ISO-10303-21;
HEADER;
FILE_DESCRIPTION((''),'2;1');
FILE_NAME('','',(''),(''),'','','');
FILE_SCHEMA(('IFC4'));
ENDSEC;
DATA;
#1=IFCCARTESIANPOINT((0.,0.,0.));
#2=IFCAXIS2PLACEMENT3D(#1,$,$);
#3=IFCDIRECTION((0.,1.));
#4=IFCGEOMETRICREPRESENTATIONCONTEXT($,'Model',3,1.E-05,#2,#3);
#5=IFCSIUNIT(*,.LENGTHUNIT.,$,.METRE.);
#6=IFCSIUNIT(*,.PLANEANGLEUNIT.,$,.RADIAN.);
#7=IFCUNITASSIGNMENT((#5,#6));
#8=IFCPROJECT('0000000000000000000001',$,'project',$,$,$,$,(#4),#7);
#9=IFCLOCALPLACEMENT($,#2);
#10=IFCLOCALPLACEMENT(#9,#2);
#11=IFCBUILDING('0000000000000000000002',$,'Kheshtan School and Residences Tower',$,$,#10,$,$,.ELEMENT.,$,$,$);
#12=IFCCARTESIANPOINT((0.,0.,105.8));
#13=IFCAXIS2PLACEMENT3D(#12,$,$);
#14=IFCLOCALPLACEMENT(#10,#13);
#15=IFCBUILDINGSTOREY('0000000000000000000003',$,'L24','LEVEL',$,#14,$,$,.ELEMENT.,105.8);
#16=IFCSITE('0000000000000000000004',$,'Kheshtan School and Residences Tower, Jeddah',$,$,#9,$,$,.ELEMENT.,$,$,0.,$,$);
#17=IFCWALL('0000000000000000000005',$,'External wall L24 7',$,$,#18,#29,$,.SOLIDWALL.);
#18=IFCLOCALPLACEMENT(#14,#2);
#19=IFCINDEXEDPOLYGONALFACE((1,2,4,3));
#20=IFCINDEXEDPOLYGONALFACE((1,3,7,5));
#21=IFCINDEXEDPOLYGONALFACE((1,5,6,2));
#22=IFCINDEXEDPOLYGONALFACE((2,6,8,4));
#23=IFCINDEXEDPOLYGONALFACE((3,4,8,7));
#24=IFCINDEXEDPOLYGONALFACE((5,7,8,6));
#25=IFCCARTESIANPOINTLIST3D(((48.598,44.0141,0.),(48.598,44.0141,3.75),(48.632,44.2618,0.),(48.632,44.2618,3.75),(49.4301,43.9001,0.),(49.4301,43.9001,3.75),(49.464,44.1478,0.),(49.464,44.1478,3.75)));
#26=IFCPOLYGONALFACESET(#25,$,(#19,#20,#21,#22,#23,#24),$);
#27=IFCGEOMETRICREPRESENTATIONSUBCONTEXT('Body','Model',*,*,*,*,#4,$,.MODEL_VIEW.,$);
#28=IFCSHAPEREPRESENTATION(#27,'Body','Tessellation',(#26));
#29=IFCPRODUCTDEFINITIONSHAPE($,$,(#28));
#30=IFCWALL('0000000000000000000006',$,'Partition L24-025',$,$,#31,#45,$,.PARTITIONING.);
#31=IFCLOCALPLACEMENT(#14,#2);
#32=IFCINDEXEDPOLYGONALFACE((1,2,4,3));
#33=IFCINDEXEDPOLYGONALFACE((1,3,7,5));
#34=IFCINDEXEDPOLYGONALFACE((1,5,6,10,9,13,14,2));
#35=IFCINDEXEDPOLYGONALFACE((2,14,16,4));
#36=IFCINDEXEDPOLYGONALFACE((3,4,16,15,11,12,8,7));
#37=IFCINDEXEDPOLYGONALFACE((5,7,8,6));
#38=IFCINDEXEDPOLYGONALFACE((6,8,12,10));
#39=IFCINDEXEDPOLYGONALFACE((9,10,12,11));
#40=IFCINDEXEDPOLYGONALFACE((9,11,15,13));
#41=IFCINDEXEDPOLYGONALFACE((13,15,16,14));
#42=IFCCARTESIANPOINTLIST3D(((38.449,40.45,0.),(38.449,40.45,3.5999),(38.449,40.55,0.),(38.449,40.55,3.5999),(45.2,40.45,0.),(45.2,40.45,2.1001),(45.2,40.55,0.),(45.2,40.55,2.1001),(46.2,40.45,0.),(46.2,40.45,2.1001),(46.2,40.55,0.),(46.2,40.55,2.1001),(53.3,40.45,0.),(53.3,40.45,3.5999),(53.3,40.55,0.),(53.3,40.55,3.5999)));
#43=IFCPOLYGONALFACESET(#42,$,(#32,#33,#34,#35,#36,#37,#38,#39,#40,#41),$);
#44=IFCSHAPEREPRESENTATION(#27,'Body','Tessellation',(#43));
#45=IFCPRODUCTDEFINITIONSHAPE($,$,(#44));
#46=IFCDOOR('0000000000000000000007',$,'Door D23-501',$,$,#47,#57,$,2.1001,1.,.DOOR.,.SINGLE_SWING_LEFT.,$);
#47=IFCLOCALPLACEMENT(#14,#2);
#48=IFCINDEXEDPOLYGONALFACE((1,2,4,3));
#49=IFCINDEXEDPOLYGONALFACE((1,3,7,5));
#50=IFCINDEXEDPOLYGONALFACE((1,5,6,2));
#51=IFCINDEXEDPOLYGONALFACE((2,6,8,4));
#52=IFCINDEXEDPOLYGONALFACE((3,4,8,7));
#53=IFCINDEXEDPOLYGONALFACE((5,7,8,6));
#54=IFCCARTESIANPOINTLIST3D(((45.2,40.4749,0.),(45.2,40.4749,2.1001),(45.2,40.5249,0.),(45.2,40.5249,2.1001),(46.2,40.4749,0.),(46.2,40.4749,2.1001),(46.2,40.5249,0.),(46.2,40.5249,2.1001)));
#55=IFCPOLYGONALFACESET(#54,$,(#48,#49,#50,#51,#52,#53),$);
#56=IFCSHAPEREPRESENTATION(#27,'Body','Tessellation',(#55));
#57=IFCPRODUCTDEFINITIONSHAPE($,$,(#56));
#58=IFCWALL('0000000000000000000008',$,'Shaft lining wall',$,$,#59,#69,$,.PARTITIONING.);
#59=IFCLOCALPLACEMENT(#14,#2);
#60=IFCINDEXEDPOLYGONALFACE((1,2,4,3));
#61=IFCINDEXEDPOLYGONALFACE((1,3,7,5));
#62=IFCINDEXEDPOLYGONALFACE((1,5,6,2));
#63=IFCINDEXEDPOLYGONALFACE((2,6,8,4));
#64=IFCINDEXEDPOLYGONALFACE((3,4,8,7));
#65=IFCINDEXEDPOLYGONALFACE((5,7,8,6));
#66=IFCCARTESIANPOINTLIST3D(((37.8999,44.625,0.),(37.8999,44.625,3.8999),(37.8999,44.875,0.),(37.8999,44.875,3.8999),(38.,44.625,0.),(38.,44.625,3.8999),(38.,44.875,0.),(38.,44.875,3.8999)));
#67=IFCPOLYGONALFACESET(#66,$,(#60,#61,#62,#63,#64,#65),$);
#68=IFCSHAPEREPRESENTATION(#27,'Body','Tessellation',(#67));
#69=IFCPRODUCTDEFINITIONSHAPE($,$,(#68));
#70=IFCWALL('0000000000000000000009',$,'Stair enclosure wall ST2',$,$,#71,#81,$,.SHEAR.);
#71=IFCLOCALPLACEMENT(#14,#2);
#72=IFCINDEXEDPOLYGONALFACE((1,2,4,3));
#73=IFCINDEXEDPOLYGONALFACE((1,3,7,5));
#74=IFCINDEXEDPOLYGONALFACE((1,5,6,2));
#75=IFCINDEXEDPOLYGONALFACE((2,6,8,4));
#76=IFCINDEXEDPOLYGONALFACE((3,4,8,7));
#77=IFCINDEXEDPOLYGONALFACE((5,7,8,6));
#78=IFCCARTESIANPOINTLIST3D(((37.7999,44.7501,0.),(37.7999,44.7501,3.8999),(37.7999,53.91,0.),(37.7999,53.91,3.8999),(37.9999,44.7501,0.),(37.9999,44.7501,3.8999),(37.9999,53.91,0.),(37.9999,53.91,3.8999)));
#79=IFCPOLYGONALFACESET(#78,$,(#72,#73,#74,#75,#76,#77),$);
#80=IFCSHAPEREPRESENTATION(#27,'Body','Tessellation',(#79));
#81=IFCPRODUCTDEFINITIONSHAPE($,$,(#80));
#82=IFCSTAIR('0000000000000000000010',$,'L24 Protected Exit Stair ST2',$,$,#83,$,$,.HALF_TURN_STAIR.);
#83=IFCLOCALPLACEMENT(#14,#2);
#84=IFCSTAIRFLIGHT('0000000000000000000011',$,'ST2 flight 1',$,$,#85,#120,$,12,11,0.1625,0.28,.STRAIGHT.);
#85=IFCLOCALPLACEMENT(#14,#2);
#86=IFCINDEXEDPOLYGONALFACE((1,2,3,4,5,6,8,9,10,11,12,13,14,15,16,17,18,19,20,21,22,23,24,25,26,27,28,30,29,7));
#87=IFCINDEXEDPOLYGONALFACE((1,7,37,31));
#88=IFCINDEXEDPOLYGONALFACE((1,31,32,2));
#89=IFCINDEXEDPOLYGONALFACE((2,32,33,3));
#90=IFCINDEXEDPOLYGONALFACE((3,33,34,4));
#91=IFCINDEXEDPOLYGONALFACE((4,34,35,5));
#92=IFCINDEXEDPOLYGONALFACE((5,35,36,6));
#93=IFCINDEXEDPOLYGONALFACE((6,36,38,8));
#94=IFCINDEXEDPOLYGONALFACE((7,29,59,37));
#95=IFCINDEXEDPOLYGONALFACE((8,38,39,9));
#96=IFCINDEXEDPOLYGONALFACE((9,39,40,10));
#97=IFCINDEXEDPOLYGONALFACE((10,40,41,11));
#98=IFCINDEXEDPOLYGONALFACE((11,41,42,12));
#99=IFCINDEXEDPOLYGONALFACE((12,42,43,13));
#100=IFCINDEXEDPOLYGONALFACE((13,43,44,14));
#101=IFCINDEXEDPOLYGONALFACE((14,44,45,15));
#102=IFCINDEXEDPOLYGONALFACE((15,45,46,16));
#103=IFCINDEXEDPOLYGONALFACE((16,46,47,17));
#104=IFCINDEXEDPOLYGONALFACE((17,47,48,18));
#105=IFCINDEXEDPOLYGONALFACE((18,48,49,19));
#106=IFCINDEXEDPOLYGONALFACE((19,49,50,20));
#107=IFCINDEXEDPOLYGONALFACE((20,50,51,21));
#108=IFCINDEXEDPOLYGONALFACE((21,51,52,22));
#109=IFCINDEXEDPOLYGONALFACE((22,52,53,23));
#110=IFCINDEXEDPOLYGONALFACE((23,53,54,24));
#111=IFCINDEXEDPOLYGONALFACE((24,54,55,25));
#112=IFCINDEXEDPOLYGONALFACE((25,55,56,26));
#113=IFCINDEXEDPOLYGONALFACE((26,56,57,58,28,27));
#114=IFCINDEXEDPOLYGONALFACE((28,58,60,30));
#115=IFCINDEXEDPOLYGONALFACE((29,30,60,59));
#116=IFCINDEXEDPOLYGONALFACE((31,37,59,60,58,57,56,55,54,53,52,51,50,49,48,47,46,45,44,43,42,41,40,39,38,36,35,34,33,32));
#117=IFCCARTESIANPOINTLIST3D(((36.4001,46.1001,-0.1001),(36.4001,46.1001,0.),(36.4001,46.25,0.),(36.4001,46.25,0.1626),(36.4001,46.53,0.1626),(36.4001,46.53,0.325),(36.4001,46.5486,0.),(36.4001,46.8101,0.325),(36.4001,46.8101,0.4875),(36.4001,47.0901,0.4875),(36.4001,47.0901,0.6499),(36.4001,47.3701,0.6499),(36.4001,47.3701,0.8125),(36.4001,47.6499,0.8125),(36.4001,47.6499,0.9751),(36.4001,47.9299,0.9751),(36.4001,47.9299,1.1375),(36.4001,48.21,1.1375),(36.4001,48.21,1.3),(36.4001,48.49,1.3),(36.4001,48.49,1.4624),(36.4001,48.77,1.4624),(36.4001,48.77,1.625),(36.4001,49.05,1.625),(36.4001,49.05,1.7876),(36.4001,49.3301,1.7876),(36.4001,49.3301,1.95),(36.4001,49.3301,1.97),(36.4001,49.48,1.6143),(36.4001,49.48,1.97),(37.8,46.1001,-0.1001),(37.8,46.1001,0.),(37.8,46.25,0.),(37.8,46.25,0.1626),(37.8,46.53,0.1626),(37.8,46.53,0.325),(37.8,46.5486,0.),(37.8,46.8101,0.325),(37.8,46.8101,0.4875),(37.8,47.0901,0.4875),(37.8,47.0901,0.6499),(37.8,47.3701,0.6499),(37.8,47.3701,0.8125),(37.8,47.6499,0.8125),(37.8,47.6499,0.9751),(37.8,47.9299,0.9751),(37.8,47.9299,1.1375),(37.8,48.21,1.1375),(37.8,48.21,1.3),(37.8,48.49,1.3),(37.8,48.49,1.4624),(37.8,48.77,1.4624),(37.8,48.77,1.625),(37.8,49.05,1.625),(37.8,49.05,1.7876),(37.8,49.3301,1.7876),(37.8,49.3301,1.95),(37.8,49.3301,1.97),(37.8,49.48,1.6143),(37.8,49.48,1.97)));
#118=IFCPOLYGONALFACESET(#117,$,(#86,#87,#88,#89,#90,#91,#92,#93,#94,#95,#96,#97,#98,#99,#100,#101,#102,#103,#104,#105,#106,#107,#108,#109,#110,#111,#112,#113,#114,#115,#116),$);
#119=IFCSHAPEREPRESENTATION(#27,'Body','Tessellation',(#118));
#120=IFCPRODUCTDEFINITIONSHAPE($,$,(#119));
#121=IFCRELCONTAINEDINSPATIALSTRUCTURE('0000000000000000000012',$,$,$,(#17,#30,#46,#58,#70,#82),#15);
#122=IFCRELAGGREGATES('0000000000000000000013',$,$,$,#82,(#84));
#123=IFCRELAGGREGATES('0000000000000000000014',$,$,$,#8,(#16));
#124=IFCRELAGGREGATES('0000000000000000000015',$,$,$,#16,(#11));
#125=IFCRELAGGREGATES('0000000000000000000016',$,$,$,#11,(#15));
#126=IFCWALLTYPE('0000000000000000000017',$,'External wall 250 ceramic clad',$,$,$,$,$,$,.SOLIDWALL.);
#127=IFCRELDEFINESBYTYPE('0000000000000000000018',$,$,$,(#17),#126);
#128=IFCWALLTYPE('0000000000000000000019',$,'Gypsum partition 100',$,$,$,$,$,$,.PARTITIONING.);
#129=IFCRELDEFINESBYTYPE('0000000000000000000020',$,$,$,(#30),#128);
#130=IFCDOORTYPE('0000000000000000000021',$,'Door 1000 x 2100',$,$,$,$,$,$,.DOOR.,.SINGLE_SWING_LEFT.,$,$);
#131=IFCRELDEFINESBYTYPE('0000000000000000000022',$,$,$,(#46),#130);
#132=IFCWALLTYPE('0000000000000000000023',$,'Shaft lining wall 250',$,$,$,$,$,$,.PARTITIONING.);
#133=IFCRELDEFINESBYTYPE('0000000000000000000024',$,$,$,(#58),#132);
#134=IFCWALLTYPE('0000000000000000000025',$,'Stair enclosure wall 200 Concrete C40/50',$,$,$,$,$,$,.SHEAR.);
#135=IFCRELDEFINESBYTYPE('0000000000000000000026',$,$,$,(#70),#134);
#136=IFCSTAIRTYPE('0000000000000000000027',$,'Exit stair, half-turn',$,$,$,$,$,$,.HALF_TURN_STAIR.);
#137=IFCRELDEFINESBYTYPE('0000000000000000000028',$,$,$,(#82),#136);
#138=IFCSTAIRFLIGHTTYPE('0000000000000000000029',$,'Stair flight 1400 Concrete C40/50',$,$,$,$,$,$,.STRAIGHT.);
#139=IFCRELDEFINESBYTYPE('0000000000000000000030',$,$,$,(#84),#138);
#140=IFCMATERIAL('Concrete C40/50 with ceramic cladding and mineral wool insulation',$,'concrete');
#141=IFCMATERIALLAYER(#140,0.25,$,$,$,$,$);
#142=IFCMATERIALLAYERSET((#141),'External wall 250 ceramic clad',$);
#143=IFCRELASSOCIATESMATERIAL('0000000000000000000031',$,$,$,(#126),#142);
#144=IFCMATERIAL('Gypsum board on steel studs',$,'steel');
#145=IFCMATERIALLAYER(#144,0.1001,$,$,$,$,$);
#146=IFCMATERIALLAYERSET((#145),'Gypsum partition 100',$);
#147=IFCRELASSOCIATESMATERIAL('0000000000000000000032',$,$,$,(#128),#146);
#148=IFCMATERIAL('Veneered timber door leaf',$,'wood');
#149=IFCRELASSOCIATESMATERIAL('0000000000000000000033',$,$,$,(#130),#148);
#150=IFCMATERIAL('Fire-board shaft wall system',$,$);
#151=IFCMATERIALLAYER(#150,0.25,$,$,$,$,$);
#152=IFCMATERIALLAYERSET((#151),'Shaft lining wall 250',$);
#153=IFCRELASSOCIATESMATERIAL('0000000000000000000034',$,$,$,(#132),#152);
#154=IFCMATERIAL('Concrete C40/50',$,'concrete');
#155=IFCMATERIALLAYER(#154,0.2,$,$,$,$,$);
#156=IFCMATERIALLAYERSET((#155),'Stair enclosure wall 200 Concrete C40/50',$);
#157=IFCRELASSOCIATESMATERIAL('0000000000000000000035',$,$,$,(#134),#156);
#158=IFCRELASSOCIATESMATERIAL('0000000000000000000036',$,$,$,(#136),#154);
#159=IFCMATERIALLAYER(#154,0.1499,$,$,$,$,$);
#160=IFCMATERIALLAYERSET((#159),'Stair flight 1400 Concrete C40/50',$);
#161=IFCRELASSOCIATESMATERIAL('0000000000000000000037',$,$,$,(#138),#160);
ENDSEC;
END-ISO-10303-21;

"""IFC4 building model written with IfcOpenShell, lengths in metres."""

from ifc_helpers import new_model, si_unit, direction, frame, frame_2d, origin, place, context, subcontext, project, spatial, polyline, rectangle, outline, extrude, source, transform, mapped, material, layer, layer_set, type_object, element, fill, aggregate, save


model = new_model("IFC4")

# Units and contexts
model_context = context("Model", 3, precision=1e-05, world=origin(), true_north=direction((0.0, 1.0)))
body_context = subcontext(model_context, "Body", "Model", "MODEL_VIEW")
ifc_project = project(units=[si_unit("LENGTHUNIT", "METRE"), si_unit("PLANEANGLEUNIT", "RADIAN")], contexts=[model_context])

# Site, building, storey
site_placement = place(None, origin())
site = spatial("IfcSite", under=ifc_project, at=site_placement, Name="Kheshtan School and Residences Tower, Jeddah", CompositionType="ELEMENT", RefElevation=0.0)
building_placement = place(site_placement, origin())
building = spatial("IfcBuilding", under=site, at=building_placement, Name="Kheshtan School and Residences Tower", CompositionType="ELEMENT")
storey_placement = place(building_placement, frame((0.0, 0.0, 105.8)))
storey = spatial("IfcBuildingStorey", under=building, at=storey_placement, Name="L24", Description="LEVEL", CompositionType="ELEMENT", Elevation=105.8)

# Shared definitions
ifc_material_1 = material(Name="Concrete C40/50 with ceramic cladding and mineral wool insulation", Category="concrete")
ifc_layer_1 = layer(ifc_material_1, 0.25)
ifc_layer_set_1 = layer_set([ifc_layer_1], Name="External wall 250 ceramic clad")
wall_type_1 = type_object("IfcWallType", Name="External wall 250 ceramic clad", PredefinedType="SOLIDWALL", material=ifc_layer_set_1)

# Wall
wall_1_placement = place(storey_placement, frame((48.615, 44.1379, 0.0), z_axis=(0.0, 0.0, 1.0), x_axis=(0.990742, -0.135762, 0.0)))
element("IfcWall", 1, at=wall_1_placement, inside=storey, type_object=wall_type_1, Name="External wall L24 7", PredefinedType="SOLIDWALL", context=body_context, shape_type="SweptSolid", body=[
    extrude(rectangle(XDim=0.8398, YDim=0.25, at=frame_2d((0.4199, 0.0))), origin(), (0.0, 0.0, 1.0), 3.75),
])

# Wall, opening, door
ifc_material_2 = material(Name="Gypsum board on steel studs", Category="steel")
ifc_layer_2 = layer(ifc_material_2, 0.1001)
ifc_layer_set_2 = layer_set([ifc_layer_2], Name="Gypsum partition 100")
wall_type_2 = type_object("IfcWallType", Name="Gypsum partition 100", PredefinedType="PARTITIONING", material=ifc_layer_set_2)
wall_2_placement = place(storey_placement, frame((38.449, 40.5, 0.0), z_axis=(0.0, 0.0, 1.0), x_axis=(1.0, 0.0, 0.0)))
wall_2 = element("IfcWall", 2, at=wall_2_placement, inside=storey, type_object=wall_type_2, Name="Partition L24-025", PredefinedType="PARTITIONING", context=body_context, shape_type="SweptSolid", body=[
    extrude(rectangle(XDim=14.8511, YDim=0.1001, at=frame_2d((7.4255, 0.0))), origin(), (0.0, 0.0, 1.0), 3.5999),
])
opening_1_placement = place(wall_2_placement, frame((6.751, 0.0, 0.0)))
opening_1 = element("IfcOpeningElement", 3, at=opening_1_placement, cuts=wall_2, PredefinedType="OPENING", context=body_context, shape_type="SweptSolid", body=[
    extrude(rectangle(XDim=1.0, YDim=2.1001, at=frame_2d((0.5, 1.05))), frame((0.0, 0.0601, 0.0), z_axis=(0.0, -1.0, 0.0), x_axis=(1.0, 0.0, 0.0)), (0.0, 0.0, 1.0), 0.1201),
])
ifc_material_3 = material(Name="Veneered timber door leaf", Category="wood")
door_type_1 = type_object("IfcDoorType", Name="Door 1000 x 2100", OperationType="SINGLE_SWING_LEFT", PredefinedType="DOOR", material=ifc_material_3)
shared_shape_1 = source(origin(), body_context, "Body", "SweptSolid", [
    extrude(rectangle(XDim=1.0, YDim=2.1001, at=frame_2d((0.5, 1.05))), frame((0.0, 0.0249, 0.0), z_axis=(0.0, -1.0, 0.0), x_axis=(1.0, 0.0, 0.0)), (0.0, 0.0, 1.0), 0.05),
])
door_1_placement = place(opening_1_placement, origin())
door_1 = element("IfcDoor", 4, at=door_1_placement, inside=storey, type_object=door_type_1, Name="Door D23-501", OperationType="SINGLE_SWING_LEFT", OverallHeight=2.1001, OverallWidth=1.0, PredefinedType="DOOR", context=body_context, shape_type="MappedRepresentation", body=[
    mapped(shared_shape_1, transform((0.0, 0.0, 0.0), x_axis=(1.0, 0.0, 0.0), y_axis=(0.0, 1.0, 0.0), z_axis=(0.0, 0.0, 1.0), scale=1.0)),
])
fill(opening_1, door_1)

# Walls
ifc_material_4 = material(Name="Fire-board shaft wall system")
ifc_layer_3 = layer(ifc_material_4, 0.25)
ifc_layer_set_3 = layer_set([ifc_layer_3], Name="Shaft lining wall 250")
wall_type_3 = type_object("IfcWallType", Name="Shaft lining wall 250", PredefinedType="PARTITIONING", material=ifc_layer_set_3)
wall_3_placement = place(storey_placement, frame((37.8999, 44.75, 0.0), z_axis=(0.0, 0.0, 1.0), x_axis=(1.0, 0.0, 0.0)))
element("IfcWall", 5, at=wall_3_placement, inside=storey, type_object=wall_type_3, Name="Shaft lining wall", PredefinedType="PARTITIONING", context=body_context, shape_type="SweptSolid", body=[
    extrude(rectangle(XDim=0.1001, YDim=0.25, at=frame_2d((0.05, 0.0))), origin(), (0.0, 0.0, 1.0), 3.8999),
])
ifc_material_5 = material(Name="Concrete C40/50", Category="concrete")
ifc_layer_4 = layer(ifc_material_5, 0.2)
ifc_layer_set_4 = layer_set([ifc_layer_4], Name="Stair enclosure wall 200 Concrete C40/50")
wall_type_4 = type_object("IfcWallType", Name="Stair enclosure wall 200 Concrete C40/50", PredefinedType="SHEAR", material=ifc_layer_set_4)
wall_4_placement = place(storey_placement, frame((37.8999, 44.75, 0.0), z_axis=(0.0, 0.0, 1.0), x_axis=(0.0, 1.0, 0.0)))
element("IfcWall", 6, at=wall_4_placement, inside=storey, type_object=wall_type_4, Name="Stair enclosure wall ST2", PredefinedType="SHEAR", context=body_context, shape_type="SweptSolid", body=[
    extrude(rectangle(XDim=9.1599, YDim=0.2, at=frame_2d((4.5801, 0.0))), origin(), (0.0, 0.0, 1.0), 3.8999),
])

# Stair, stair flight
stair_type = type_object("IfcStairType", Name="Exit stair, half-turn", PredefinedType="HALF_TURN_STAIR", material=ifc_material_5)
stair_placement = place(storey_placement, origin())
stair = element("IfcStair", 7, at=stair_placement, inside=storey, type_object=stair_type, Name="L24 Protected Exit Stair ST2", PredefinedType="HALF_TURN_STAIR")
ifc_layer_5 = layer(ifc_material_5, 0.1499)
ifc_layer_set_5 = layer_set([ifc_layer_5], Name="Stair flight 1400 Concrete C40/50")
stair_flight_type = type_object("IfcStairFlightType", Name="Stair flight 1400 Concrete C40/50", PredefinedType="STRAIGHT", material=ifc_layer_set_5)
stair_flight_placement = place(storey_placement, frame((37.1001, 46.25, 0.0), z_axis=(0.0, 0.0, 1.0), x_axis=(0.0, 1.0, 0.0)))
stair_flight = element("IfcStairFlight", 8, at=stair_flight_placement, type_object=stair_flight_type, Name="ST2 flight 1", NumberOfRisers=12, NumberOfTreads=11, PredefinedType="STRAIGHT", RiserHeight=0.1625, TreadLength=0.28, context=body_context, shape_type="SweptSolid", body=[
    extrude(outline(polyline([(-0.1499, -0.1001), (-0.1499, 0.0), (0.0, 0.0), (0.0, 0.1626), (0.28, 0.1626), (0.28, 0.325), (0.5601, 0.325), (0.5601, 0.4875), (0.8401, 0.4875), (0.8401, 0.6499), (1.1201, 0.6499), (1.1201, 0.8125), (1.3999, 0.8125), (1.3999, 0.9751), (1.6799, 0.9751), (1.6799, 1.1375), (1.96, 1.1375), (1.96, 1.3), (2.24, 1.3), (2.24, 1.4624), (2.52, 1.4624), (2.52, 1.625), (2.8, 1.625), (2.8, 1.7876), (3.0801, 1.7876), (3.0801, 1.95), (3.0801, 1.97), (3.23, 1.97), (3.23, 1.6143), (0.2986, 0.0), (-0.1499, -0.1001)])), frame((0.0, 0.7, 0.0), z_axis=(0.0, -1.0, 0.0), x_axis=(1.0, 0.0, 0.0)), (0.0, 0.0, 1.0), 1.3999),
])
aggregate(stair, [stair_flight])

save(model, "model.ifc")
